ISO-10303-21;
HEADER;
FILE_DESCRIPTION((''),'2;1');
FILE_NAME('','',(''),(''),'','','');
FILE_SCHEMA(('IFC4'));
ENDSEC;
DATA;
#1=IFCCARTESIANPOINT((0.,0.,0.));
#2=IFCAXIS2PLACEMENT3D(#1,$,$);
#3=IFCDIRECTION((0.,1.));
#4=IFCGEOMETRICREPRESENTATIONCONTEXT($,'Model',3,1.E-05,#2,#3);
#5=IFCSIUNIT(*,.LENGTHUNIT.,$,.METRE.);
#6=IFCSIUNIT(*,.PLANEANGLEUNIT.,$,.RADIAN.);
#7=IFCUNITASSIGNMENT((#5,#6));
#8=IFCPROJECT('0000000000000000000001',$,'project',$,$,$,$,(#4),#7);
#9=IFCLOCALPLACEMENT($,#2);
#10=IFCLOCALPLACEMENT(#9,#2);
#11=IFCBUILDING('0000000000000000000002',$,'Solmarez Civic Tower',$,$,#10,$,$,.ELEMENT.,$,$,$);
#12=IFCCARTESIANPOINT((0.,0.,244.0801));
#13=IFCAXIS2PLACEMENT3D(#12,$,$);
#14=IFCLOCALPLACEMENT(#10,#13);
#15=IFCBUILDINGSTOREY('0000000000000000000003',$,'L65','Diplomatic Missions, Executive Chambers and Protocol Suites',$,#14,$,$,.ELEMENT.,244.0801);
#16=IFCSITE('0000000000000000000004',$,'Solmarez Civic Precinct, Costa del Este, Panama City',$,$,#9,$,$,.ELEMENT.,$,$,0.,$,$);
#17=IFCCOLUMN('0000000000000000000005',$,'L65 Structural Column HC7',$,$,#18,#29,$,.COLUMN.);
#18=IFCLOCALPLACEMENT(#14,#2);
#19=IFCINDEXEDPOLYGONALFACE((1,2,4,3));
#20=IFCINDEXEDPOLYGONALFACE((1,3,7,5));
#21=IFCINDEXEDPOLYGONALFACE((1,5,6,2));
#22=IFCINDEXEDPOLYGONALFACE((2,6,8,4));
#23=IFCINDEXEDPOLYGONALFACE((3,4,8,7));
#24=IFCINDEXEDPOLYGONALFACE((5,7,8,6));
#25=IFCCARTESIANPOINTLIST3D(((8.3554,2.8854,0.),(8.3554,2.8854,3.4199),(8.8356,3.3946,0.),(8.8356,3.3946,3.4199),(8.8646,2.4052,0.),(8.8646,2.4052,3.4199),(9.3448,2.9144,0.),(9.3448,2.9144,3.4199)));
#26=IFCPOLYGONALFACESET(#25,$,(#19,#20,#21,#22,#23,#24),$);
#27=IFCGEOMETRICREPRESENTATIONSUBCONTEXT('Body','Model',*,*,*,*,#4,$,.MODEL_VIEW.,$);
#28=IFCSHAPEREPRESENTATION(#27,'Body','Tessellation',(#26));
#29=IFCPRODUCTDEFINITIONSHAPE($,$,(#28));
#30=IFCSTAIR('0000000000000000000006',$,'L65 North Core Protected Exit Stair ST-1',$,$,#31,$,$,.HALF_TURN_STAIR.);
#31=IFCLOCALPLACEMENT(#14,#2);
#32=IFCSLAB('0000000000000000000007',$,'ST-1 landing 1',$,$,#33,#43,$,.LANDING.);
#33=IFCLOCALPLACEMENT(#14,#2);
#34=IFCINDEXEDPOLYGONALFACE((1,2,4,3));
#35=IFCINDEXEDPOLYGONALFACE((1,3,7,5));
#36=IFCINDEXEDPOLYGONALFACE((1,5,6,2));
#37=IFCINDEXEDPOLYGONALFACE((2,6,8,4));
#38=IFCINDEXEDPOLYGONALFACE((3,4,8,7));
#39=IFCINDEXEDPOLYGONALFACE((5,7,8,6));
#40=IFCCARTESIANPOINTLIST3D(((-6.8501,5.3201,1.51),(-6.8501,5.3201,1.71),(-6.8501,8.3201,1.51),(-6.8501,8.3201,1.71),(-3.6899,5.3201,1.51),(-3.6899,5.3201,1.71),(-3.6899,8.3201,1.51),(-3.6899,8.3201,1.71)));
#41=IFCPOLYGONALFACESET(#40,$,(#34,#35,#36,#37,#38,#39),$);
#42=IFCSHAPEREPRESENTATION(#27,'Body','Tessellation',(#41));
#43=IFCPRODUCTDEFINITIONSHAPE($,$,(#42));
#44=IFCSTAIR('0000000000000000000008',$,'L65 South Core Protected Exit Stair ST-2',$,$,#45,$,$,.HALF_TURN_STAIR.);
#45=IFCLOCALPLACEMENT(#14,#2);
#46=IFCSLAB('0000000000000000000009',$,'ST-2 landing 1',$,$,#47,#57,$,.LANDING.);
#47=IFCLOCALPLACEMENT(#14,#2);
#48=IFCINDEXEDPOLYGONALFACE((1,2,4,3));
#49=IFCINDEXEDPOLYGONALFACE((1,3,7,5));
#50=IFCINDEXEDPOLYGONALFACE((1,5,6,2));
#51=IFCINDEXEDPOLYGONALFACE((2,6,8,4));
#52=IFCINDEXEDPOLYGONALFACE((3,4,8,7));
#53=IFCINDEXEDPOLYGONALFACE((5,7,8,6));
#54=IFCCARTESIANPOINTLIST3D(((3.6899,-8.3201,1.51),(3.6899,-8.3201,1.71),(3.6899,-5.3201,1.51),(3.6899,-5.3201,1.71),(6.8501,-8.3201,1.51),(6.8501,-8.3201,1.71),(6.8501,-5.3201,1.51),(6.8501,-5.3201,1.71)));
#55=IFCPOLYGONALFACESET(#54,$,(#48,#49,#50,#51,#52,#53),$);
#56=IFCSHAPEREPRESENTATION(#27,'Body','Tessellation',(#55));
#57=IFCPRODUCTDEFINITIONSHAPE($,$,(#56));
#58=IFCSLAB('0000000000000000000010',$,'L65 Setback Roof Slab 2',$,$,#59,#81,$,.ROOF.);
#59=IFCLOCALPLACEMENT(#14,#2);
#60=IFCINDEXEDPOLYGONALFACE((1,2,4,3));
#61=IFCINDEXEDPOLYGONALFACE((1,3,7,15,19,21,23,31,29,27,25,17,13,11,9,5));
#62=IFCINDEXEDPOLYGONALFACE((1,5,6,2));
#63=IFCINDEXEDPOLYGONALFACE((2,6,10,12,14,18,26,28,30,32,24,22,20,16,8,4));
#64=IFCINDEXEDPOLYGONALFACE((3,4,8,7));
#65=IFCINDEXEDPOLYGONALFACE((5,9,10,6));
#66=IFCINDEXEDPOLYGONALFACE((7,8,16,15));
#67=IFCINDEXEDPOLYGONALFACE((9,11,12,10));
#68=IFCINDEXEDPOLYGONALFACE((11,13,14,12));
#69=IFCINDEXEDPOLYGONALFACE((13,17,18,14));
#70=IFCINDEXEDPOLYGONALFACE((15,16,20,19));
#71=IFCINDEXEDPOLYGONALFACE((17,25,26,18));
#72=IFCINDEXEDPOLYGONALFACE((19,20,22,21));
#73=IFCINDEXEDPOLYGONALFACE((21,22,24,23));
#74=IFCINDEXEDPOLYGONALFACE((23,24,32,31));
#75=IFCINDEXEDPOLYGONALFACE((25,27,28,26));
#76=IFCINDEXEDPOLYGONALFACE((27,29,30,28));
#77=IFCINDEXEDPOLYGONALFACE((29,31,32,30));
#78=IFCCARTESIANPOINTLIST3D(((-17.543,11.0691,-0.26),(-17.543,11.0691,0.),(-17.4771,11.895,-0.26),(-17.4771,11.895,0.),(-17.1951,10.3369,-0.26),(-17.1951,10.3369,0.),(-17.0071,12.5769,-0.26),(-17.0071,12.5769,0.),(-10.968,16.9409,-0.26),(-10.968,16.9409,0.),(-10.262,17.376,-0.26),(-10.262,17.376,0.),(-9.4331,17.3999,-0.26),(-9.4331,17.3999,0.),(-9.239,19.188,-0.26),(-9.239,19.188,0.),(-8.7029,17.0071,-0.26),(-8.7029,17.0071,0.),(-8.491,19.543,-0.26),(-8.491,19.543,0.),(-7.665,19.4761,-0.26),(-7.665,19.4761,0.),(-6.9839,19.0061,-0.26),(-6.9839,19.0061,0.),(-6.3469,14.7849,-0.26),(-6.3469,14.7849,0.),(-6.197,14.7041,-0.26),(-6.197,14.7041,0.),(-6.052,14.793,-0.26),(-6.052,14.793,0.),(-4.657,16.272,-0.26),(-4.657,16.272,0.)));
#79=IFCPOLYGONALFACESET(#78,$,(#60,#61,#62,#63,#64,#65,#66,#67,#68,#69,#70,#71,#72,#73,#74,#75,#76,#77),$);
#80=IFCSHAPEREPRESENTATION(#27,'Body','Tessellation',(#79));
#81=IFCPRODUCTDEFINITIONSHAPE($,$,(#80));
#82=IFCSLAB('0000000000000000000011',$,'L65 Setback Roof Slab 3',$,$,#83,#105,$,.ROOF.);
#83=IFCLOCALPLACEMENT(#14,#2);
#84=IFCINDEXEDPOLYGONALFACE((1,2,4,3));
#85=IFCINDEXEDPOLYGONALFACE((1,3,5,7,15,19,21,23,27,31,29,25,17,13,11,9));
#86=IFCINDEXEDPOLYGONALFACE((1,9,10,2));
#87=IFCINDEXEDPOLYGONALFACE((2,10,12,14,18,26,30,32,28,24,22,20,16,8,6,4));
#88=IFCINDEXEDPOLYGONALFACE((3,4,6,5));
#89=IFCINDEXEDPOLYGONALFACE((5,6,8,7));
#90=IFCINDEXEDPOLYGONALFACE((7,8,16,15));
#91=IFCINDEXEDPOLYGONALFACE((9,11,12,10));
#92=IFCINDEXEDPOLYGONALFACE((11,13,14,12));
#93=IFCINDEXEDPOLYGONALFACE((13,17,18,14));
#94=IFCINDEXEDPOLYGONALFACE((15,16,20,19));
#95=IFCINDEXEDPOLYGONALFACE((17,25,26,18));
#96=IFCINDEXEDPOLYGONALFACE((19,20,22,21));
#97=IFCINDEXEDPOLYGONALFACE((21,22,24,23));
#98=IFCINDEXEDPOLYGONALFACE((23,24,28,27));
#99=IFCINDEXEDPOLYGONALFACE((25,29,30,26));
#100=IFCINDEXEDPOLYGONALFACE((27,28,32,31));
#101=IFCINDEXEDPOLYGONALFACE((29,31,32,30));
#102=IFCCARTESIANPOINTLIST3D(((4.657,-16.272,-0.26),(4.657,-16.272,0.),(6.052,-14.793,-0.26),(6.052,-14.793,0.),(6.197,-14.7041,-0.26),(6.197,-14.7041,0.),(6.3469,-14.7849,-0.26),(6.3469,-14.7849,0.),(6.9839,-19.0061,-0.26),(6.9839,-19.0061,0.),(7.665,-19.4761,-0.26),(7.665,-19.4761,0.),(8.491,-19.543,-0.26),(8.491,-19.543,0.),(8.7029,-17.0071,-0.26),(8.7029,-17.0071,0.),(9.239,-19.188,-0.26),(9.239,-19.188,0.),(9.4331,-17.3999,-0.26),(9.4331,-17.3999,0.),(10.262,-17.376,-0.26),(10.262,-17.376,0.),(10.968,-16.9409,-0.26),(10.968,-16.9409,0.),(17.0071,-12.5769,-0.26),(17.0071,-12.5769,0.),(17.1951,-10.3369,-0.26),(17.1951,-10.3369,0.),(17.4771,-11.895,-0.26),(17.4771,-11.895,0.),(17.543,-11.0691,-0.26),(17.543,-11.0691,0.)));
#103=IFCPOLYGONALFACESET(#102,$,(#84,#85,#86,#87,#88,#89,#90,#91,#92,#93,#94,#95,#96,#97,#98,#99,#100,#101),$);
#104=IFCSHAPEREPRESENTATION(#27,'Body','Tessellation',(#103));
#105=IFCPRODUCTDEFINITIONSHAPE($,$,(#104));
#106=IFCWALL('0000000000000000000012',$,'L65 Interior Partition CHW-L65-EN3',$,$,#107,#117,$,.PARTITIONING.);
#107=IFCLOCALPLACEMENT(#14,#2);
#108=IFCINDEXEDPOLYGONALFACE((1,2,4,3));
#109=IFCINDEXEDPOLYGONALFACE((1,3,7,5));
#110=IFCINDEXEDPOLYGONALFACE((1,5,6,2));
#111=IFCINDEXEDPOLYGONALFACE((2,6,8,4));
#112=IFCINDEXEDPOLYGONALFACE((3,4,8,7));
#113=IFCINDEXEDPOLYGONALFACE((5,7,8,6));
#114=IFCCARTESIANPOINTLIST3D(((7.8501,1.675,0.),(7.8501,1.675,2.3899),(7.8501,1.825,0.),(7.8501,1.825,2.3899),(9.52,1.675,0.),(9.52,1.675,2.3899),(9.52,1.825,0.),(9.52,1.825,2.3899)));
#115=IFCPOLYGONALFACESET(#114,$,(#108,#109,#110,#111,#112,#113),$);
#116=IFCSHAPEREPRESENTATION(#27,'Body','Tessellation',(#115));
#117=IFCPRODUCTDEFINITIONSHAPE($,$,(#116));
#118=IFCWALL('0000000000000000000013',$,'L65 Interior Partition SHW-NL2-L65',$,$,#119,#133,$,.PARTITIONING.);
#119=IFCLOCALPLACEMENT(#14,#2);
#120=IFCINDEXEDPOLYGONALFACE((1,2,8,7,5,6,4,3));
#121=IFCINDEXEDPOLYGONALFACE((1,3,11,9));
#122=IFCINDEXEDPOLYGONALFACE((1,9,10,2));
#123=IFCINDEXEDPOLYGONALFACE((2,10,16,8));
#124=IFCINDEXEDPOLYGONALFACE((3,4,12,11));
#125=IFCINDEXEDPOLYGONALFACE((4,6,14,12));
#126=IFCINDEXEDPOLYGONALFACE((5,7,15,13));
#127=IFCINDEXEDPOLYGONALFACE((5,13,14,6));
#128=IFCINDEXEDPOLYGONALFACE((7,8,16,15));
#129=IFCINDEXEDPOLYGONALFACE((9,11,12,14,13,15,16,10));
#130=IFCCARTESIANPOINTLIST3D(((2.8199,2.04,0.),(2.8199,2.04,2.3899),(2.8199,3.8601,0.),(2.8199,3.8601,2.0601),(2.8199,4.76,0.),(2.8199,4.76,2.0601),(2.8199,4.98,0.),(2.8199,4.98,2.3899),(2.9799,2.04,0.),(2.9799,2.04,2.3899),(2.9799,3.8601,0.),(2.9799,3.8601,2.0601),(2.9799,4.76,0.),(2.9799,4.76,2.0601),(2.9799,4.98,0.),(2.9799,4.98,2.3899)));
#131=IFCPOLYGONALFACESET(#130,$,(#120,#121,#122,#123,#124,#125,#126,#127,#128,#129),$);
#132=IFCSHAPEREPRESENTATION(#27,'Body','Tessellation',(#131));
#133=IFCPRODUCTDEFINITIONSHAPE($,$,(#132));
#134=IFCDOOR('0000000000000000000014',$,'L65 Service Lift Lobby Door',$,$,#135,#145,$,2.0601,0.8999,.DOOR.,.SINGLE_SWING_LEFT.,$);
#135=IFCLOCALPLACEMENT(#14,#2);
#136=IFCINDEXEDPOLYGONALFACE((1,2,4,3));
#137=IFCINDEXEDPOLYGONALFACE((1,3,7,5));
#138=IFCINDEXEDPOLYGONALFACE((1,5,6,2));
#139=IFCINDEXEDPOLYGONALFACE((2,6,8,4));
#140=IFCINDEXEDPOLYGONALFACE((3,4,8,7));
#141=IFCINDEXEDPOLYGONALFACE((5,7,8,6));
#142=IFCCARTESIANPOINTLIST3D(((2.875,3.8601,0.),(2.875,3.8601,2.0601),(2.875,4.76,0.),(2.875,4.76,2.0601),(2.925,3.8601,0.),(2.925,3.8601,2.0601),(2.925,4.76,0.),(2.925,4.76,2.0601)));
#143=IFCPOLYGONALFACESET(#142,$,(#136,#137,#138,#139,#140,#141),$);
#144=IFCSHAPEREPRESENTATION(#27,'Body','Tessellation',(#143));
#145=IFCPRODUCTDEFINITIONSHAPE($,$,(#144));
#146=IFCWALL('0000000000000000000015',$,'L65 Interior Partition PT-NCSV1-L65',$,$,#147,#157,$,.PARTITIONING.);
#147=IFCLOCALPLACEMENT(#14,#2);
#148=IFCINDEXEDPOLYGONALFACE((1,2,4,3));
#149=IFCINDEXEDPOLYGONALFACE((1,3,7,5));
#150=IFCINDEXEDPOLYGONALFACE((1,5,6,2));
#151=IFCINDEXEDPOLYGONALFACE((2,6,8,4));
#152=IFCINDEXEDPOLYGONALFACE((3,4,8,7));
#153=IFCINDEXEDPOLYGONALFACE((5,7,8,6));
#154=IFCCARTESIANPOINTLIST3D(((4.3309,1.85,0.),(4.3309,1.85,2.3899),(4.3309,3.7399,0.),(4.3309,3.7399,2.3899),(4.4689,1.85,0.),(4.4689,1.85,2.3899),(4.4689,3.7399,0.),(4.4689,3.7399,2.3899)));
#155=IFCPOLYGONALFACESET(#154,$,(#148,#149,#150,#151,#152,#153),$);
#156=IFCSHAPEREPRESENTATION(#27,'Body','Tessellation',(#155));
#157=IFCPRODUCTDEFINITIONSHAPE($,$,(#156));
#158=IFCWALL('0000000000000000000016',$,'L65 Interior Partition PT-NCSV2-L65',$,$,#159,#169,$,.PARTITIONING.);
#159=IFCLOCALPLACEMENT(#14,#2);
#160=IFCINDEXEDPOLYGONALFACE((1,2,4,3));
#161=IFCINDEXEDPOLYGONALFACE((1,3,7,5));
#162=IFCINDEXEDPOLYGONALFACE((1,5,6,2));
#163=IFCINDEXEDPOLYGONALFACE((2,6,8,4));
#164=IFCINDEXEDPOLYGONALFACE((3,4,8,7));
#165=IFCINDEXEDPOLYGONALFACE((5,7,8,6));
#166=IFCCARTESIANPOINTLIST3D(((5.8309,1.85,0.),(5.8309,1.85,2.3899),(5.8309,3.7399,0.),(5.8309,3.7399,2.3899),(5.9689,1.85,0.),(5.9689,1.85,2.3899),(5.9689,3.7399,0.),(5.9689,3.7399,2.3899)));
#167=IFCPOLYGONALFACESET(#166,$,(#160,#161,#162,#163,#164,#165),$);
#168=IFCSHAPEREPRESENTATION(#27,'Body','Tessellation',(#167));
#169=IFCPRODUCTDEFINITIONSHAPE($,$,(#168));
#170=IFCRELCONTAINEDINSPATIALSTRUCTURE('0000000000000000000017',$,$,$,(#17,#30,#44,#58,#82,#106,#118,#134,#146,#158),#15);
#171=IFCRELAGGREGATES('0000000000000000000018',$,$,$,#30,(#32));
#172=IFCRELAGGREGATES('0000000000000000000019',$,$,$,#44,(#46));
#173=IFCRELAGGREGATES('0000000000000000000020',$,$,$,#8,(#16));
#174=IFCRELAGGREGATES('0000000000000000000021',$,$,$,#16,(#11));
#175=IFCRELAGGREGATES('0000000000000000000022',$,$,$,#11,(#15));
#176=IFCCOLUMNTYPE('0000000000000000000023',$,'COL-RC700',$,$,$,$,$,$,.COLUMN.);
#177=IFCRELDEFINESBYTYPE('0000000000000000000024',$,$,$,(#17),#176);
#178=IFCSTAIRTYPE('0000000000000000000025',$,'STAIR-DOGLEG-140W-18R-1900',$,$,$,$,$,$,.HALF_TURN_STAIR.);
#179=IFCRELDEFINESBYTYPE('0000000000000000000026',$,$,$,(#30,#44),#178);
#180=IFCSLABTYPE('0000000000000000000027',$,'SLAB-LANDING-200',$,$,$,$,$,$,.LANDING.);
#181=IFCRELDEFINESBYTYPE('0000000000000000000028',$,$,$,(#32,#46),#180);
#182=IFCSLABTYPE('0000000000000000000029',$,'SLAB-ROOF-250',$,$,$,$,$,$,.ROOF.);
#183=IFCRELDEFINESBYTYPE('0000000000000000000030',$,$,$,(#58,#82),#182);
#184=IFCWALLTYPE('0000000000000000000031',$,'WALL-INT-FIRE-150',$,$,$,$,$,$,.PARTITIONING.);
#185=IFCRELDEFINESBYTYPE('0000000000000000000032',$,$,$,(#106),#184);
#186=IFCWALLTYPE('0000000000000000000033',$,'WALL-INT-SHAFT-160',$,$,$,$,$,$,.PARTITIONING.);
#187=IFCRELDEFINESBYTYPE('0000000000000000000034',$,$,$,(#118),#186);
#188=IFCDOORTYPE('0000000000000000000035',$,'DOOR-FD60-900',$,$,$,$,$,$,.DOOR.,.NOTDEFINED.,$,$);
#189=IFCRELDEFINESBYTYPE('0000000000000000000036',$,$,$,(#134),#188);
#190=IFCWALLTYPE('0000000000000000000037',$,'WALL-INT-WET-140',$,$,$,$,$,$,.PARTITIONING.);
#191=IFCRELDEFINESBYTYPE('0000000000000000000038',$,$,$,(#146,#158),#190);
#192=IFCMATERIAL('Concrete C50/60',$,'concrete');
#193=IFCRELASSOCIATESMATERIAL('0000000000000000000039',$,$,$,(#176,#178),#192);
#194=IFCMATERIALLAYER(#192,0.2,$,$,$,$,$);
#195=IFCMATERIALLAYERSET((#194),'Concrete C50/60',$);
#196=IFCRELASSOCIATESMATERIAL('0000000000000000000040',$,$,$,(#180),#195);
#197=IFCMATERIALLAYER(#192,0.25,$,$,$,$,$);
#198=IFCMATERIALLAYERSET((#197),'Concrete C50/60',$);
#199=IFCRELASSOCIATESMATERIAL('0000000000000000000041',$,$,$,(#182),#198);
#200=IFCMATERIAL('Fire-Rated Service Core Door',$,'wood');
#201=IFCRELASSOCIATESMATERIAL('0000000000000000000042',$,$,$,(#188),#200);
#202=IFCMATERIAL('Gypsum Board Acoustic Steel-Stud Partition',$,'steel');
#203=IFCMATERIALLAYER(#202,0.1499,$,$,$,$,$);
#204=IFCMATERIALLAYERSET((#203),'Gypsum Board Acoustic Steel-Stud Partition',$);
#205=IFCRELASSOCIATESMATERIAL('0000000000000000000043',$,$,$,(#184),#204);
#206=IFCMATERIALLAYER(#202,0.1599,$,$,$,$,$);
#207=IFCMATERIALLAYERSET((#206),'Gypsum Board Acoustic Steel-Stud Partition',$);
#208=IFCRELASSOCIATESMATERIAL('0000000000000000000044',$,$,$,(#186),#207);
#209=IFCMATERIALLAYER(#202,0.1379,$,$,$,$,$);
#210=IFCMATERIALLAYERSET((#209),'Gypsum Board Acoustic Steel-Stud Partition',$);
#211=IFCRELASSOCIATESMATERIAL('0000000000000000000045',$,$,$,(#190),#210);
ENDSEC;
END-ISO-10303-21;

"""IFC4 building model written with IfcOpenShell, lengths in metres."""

from ifc_helpers import new_model, si_unit, direction, frame, frame_2d, origin, origin_2d, place, context, subcontext, project, spatial, polyline, rectangle, outline, extrude, material, layer, layer_set, material_profile, profile_set, type_object, element, fill, aggregate, save


model = new_model("IFC4")

# Units and contexts
model_context = context("Model", 3, precision=1e-05, world=origin(), true_north=direction((0.0, 1.0)))
body_context = subcontext(model_context, "Body", "Model", "MODEL_VIEW")
ifc_project = project(units=[si_unit("LENGTHUNIT", "METRE"), si_unit("PLANEANGLEUNIT", "RADIAN")], contexts=[model_context])

# Site, building, storey
site_placement = place(None, origin())
site = spatial("IfcSite", under=ifc_project, at=site_placement, Name="Solmarez Civic Precinct, Costa del Este, Panama City", CompositionType="ELEMENT", RefElevation=0.0)
building_placement = place(site_placement, origin())
building = spatial("IfcBuilding", under=site, at=building_placement, Name="Solmarez Civic Tower", CompositionType="ELEMENT")
storey_placement = place(building_placement, frame((0.0, 0.0, 244.0801)))
storey = spatial("IfcBuildingStorey", under=building, at=storey_placement, Name="L65", Description="Diplomatic Missions, Executive Chambers and Protocol Suites", CompositionType="ELEMENT", Elevation=244.0801)

# Column
ifc_material_1 = material(Name="Concrete C50/60", Category="concrete")
ifc_material_profile = material_profile(ifc_material_1, rectangle(XDim=0.7, YDim=0.7, at=origin_2d()), Name="RC700X700")
ifc_profile_set = profile_set([ifc_material_profile], Name="Concrete C50/60")
column_type = type_object("IfcColumnType", Name="COL-RC700", PredefinedType="COLUMN", material=ifc_profile_set)
column_placement = place(storey_placement, frame((8.8501, 2.8999, 0.0), z_axis=(0.0, 0.0, 1.0), x_axis=(0.686072, 0.727533, 0.0)))
element("IfcColumn", 1, at=column_placement, inside=storey, type_object=column_type, Name="L65 Structural Column HC7", PredefinedType="COLUMN", context=body_context, shape_type="SweptSolid", body=[
    extrude(rectangle(XDim=0.7, YDim=0.7, at=origin_2d()), origin(), (0.0, 0.0, 1.0), 3.4199),
])

# Stairs, slabs
stair_type = type_object("IfcStairType", Name="STAIR-DOGLEG-140W-18R-1900", PredefinedType="HALF_TURN_STAIR", material=ifc_material_1)
stair_1_placement = place(storey_placement, origin())
stair_1 = element("IfcStair", 2, at=stair_1_placement, inside=storey, type_object=stair_type, Name="L65 North Core Protected Exit Stair ST-1", PredefinedType="HALF_TURN_STAIR")
ifc_layer_1 = layer(ifc_material_1, 0.2)
ifc_layer_set_1 = layer_set([ifc_layer_1], Name="Concrete C50/60")
slab_type_1 = type_object("IfcSlabType", Name="SLAB-LANDING-200", PredefinedType="LANDING", material=ifc_layer_set_1)
slab_1_placement = place(storey_placement, frame((0.0, 0.0, 1.51)))
slab_1 = element("IfcSlab", 3, at=slab_1_placement, type_object=slab_type_1, Name="ST-1 landing 1", PredefinedType="LANDING", context=body_context, shape_type="SweptSolid", body=[
    extrude(outline(polyline([(-3.6899, 8.3201), (-6.8501, 8.3201), (-6.8501, 5.3201), (-3.6899, 5.3201), (-3.6899, 8.3201)])), origin(), (0.0, 0.0, 1.0), 0.2),
])
aggregate(stair_1, [slab_1])
stair_2_placement = place(storey_placement, origin())
stair_2 = element("IfcStair", 4, at=stair_2_placement, inside=storey, type_object=stair_type, Name="L65 South Core Protected Exit Stair ST-2", PredefinedType="HALF_TURN_STAIR")
slab_2_placement = place(storey_placement, frame((0.0, 0.0, 1.51)))
slab_2 = element("IfcSlab", 5, at=slab_2_placement, type_object=slab_type_1, Name="ST-2 landing 1", PredefinedType="LANDING", context=body_context, shape_type="SweptSolid", body=[
    extrude(outline(polyline([(3.6899, -8.3201), (6.8501, -8.3201), (6.8501, -5.3201), (3.6899, -5.3201), (3.6899, -8.3201)])), origin(), (0.0, 0.0, 1.0), 0.2),
])
aggregate(stair_2, [slab_2])

# Slabs
ifc_layer_2 = layer(ifc_material_1, 0.25)
ifc_layer_set_2 = layer_set([ifc_layer_2], Name="Concrete C50/60")
slab_type_2 = type_object("IfcSlabType", Name="SLAB-ROOF-250", PredefinedType="ROOF", material=ifc_layer_set_2)
slab_3_placement = place(storey_placement, frame((0.0, 0.0, -0.26)))
element("IfcSlab", 6, at=slab_3_placement, inside=storey, type_object=slab_type_2, Name="L65 Setback Roof Slab 2", PredefinedType="ROOF", context=body_context, shape_type="SweptSolid", body=[
    extrude(outline(polyline([(-17.1951, 10.3369), (-10.968, 16.9409), (-10.262, 17.376), (-9.4331, 17.3999), (-8.7029, 17.0071), (-6.3469, 14.7849), (-6.197, 14.7041), (-6.052, 14.793), (-4.657, 16.272), (-6.9839, 19.0061), (-7.665, 19.4761), (-8.491, 19.543), (-9.239, 19.188), (-17.0071, 12.5769), (-17.4771, 11.895), (-17.543, 11.0691), (-17.1951, 10.3369)])), origin(), (0.0, 0.0, 1.0), 0.26),
])
slab_4_placement = place(storey_placement, frame((0.0, 0.0, -0.26)))
element("IfcSlab", 7, at=slab_4_placement, inside=storey, type_object=slab_type_2, Name="L65 Setback Roof Slab 3", PredefinedType="ROOF", context=body_context, shape_type="SweptSolid", body=[
    extrude(outline(polyline([(17.1951, -10.3369), (10.968, -16.9409), (10.262, -17.376), (9.4331, -17.3999), (8.7029, -17.0071), (6.3469, -14.7849), (6.197, -14.7041), (6.052, -14.793), (4.657, -16.272), (6.9839, -19.0061), (7.665, -19.4761), (8.491, -19.543), (9.239, -19.188), (17.0071, -12.5769), (17.4771, -11.895), (17.543, -11.0691), (17.1951, -10.3369)])), origin(), (0.0, 0.0, 1.0), 0.26),
])

# Shared definitions
ifc_material_2 = material(Name="Fire-Rated Service Core Door", Category="wood")
door_type_1 = type_object("IfcDoorType", Name="DOOR-FD60-900", OperationType="NOTDEFINED", PredefinedType="DOOR", material=ifc_material_2)

# Wall
ifc_material_3 = material(Name="Gypsum Board Acoustic Steel-Stud Partition", Category="steel")
ifc_layer_3 = layer(ifc_material_3, 0.1499)
ifc_layer_set_3 = layer_set([ifc_layer_3], Name="Gypsum Board Acoustic Steel-Stud Partition")
wall_type_1 = type_object("IfcWallType", Name="WALL-INT-FIRE-150", PredefinedType="PARTITIONING", material=ifc_layer_set_3)
wall_1_placement = place(storey_placement, frame((7.8501, 1.75, 0.0), z_axis=(0.0, 0.0, 1.0), x_axis=(1.0, 0.0, 0.0)))
element("IfcWall", 8, at=wall_1_placement, inside=storey, type_object=wall_type_1, Name="L65 Interior Partition CHW-L65-EN3", PredefinedType="PARTITIONING", context=body_context, shape_type="SweptSolid", body=[
    extrude(rectangle(XDim=1.6699, YDim=0.1499, at=frame_2d((0.835, 0.0))), origin(), (0.0, 0.0, 1.0), 2.3899),
])

# Wall, opening, door
ifc_layer_4 = layer(ifc_material_3, 0.1599)
ifc_layer_set_4 = layer_set([ifc_layer_4], Name="Gypsum Board Acoustic Steel-Stud Partition")
wall_type_2 = type_object("IfcWallType", Name="WALL-INT-SHAFT-160", PredefinedType="PARTITIONING", material=ifc_layer_set_4)
wall_2_placement = place(storey_placement, frame((2.8999, 2.04, 0.0), z_axis=(0.0, 0.0, 1.0), x_axis=(0.0, 1.0, 0.0)))
wall_2 = element("IfcWall", 9, at=wall_2_placement, inside=storey, type_object=wall_type_2, Name="L65 Interior Partition SHW-NL2-L65", PredefinedType="PARTITIONING", context=body_context, shape_type="SweptSolid", body=[
    extrude(rectangle(XDim=2.9399, YDim=0.1599, at=frame_2d((1.47, 0.0))), origin(), (0.0, 0.0, 1.0), 2.3899),
])
opening_1_placement = place(wall_2_placement, frame((1.8201, 0.0, 0.0)))
opening_1 = element("IfcOpeningElement", 10, at=opening_1_placement, cuts=wall_2, PredefinedType="OPENING", context=body_context, shape_type="SweptSolid", body=[
    extrude(rectangle(XDim=0.8999, YDim=2.0601, at=frame_2d((0.45, 1.03))), frame((0.0, 0.0898, 0.0), z_axis=(0.0, -1.0, 0.0), x_axis=(1.0, 0.0, 0.0)), (0.0, 0.0, 1.0), 0.1799),
])
door_1_placement = place(opening_1_placement, origin())
door_1 = element("IfcDoor", 11, at=door_1_placement, inside=storey, type_object=door_type_1, Name="L65 Service Lift Lobby Door", OperationType="SINGLE_SWING_LEFT", OverallHeight=2.0601, OverallWidth=0.8999, PredefinedType="DOOR", context=body_context, shape_type="SweptSolid", body=[
    extrude(rectangle(XDim=0.8999, YDim=2.0601, at=frame_2d((0.45, 1.03))), frame((0.0, 0.0249, 0.0), z_axis=(0.0, -1.0, 0.0), x_axis=(1.0, 0.0, 0.0)), (0.0, 0.0, 1.0), 0.05),
])
fill(opening_1, door_1)

# Walls
ifc_layer_5 = layer(ifc_material_3, 0.1379)
ifc_layer_set_5 = layer_set([ifc_layer_5], Name="Gypsum Board Acoustic Steel-Stud Partition")
wall_type_3 = type_object("IfcWallType", Name="WALL-INT-WET-140", PredefinedType="PARTITIONING", material=ifc_layer_set_5)
for number, where, z_axis, x_axis, name in (
    (12, (4.3999, 1.8501, 0.0), (0.0, 0.0, 1.0), (0.0, 1.0, 0.0), "L65 Interior Partition PT-NCSV1-L65"),
    (13, (5.8999, 1.8501, 0.0), (0.0, 0.0, 1.0), (0.0, 1.0, 0.0), "L65 Interior Partition PT-NCSV2-L65"),
):
    element("IfcWall", number, at=place(storey_placement, frame(where, z_axis=z_axis, x_axis=x_axis)), inside=storey, type_object=wall_type_3, Name=name, PredefinedType="PARTITIONING", context=body_context, shape_type="SweptSolid", body=[
        extrude(rectangle(XDim=1.8899, YDim=0.1379, at=frame_2d((0.9448, 0.0))), origin(), (0.0, 0.0, 1.0), 2.3899),
    ])

save(model, "model.ifc")
